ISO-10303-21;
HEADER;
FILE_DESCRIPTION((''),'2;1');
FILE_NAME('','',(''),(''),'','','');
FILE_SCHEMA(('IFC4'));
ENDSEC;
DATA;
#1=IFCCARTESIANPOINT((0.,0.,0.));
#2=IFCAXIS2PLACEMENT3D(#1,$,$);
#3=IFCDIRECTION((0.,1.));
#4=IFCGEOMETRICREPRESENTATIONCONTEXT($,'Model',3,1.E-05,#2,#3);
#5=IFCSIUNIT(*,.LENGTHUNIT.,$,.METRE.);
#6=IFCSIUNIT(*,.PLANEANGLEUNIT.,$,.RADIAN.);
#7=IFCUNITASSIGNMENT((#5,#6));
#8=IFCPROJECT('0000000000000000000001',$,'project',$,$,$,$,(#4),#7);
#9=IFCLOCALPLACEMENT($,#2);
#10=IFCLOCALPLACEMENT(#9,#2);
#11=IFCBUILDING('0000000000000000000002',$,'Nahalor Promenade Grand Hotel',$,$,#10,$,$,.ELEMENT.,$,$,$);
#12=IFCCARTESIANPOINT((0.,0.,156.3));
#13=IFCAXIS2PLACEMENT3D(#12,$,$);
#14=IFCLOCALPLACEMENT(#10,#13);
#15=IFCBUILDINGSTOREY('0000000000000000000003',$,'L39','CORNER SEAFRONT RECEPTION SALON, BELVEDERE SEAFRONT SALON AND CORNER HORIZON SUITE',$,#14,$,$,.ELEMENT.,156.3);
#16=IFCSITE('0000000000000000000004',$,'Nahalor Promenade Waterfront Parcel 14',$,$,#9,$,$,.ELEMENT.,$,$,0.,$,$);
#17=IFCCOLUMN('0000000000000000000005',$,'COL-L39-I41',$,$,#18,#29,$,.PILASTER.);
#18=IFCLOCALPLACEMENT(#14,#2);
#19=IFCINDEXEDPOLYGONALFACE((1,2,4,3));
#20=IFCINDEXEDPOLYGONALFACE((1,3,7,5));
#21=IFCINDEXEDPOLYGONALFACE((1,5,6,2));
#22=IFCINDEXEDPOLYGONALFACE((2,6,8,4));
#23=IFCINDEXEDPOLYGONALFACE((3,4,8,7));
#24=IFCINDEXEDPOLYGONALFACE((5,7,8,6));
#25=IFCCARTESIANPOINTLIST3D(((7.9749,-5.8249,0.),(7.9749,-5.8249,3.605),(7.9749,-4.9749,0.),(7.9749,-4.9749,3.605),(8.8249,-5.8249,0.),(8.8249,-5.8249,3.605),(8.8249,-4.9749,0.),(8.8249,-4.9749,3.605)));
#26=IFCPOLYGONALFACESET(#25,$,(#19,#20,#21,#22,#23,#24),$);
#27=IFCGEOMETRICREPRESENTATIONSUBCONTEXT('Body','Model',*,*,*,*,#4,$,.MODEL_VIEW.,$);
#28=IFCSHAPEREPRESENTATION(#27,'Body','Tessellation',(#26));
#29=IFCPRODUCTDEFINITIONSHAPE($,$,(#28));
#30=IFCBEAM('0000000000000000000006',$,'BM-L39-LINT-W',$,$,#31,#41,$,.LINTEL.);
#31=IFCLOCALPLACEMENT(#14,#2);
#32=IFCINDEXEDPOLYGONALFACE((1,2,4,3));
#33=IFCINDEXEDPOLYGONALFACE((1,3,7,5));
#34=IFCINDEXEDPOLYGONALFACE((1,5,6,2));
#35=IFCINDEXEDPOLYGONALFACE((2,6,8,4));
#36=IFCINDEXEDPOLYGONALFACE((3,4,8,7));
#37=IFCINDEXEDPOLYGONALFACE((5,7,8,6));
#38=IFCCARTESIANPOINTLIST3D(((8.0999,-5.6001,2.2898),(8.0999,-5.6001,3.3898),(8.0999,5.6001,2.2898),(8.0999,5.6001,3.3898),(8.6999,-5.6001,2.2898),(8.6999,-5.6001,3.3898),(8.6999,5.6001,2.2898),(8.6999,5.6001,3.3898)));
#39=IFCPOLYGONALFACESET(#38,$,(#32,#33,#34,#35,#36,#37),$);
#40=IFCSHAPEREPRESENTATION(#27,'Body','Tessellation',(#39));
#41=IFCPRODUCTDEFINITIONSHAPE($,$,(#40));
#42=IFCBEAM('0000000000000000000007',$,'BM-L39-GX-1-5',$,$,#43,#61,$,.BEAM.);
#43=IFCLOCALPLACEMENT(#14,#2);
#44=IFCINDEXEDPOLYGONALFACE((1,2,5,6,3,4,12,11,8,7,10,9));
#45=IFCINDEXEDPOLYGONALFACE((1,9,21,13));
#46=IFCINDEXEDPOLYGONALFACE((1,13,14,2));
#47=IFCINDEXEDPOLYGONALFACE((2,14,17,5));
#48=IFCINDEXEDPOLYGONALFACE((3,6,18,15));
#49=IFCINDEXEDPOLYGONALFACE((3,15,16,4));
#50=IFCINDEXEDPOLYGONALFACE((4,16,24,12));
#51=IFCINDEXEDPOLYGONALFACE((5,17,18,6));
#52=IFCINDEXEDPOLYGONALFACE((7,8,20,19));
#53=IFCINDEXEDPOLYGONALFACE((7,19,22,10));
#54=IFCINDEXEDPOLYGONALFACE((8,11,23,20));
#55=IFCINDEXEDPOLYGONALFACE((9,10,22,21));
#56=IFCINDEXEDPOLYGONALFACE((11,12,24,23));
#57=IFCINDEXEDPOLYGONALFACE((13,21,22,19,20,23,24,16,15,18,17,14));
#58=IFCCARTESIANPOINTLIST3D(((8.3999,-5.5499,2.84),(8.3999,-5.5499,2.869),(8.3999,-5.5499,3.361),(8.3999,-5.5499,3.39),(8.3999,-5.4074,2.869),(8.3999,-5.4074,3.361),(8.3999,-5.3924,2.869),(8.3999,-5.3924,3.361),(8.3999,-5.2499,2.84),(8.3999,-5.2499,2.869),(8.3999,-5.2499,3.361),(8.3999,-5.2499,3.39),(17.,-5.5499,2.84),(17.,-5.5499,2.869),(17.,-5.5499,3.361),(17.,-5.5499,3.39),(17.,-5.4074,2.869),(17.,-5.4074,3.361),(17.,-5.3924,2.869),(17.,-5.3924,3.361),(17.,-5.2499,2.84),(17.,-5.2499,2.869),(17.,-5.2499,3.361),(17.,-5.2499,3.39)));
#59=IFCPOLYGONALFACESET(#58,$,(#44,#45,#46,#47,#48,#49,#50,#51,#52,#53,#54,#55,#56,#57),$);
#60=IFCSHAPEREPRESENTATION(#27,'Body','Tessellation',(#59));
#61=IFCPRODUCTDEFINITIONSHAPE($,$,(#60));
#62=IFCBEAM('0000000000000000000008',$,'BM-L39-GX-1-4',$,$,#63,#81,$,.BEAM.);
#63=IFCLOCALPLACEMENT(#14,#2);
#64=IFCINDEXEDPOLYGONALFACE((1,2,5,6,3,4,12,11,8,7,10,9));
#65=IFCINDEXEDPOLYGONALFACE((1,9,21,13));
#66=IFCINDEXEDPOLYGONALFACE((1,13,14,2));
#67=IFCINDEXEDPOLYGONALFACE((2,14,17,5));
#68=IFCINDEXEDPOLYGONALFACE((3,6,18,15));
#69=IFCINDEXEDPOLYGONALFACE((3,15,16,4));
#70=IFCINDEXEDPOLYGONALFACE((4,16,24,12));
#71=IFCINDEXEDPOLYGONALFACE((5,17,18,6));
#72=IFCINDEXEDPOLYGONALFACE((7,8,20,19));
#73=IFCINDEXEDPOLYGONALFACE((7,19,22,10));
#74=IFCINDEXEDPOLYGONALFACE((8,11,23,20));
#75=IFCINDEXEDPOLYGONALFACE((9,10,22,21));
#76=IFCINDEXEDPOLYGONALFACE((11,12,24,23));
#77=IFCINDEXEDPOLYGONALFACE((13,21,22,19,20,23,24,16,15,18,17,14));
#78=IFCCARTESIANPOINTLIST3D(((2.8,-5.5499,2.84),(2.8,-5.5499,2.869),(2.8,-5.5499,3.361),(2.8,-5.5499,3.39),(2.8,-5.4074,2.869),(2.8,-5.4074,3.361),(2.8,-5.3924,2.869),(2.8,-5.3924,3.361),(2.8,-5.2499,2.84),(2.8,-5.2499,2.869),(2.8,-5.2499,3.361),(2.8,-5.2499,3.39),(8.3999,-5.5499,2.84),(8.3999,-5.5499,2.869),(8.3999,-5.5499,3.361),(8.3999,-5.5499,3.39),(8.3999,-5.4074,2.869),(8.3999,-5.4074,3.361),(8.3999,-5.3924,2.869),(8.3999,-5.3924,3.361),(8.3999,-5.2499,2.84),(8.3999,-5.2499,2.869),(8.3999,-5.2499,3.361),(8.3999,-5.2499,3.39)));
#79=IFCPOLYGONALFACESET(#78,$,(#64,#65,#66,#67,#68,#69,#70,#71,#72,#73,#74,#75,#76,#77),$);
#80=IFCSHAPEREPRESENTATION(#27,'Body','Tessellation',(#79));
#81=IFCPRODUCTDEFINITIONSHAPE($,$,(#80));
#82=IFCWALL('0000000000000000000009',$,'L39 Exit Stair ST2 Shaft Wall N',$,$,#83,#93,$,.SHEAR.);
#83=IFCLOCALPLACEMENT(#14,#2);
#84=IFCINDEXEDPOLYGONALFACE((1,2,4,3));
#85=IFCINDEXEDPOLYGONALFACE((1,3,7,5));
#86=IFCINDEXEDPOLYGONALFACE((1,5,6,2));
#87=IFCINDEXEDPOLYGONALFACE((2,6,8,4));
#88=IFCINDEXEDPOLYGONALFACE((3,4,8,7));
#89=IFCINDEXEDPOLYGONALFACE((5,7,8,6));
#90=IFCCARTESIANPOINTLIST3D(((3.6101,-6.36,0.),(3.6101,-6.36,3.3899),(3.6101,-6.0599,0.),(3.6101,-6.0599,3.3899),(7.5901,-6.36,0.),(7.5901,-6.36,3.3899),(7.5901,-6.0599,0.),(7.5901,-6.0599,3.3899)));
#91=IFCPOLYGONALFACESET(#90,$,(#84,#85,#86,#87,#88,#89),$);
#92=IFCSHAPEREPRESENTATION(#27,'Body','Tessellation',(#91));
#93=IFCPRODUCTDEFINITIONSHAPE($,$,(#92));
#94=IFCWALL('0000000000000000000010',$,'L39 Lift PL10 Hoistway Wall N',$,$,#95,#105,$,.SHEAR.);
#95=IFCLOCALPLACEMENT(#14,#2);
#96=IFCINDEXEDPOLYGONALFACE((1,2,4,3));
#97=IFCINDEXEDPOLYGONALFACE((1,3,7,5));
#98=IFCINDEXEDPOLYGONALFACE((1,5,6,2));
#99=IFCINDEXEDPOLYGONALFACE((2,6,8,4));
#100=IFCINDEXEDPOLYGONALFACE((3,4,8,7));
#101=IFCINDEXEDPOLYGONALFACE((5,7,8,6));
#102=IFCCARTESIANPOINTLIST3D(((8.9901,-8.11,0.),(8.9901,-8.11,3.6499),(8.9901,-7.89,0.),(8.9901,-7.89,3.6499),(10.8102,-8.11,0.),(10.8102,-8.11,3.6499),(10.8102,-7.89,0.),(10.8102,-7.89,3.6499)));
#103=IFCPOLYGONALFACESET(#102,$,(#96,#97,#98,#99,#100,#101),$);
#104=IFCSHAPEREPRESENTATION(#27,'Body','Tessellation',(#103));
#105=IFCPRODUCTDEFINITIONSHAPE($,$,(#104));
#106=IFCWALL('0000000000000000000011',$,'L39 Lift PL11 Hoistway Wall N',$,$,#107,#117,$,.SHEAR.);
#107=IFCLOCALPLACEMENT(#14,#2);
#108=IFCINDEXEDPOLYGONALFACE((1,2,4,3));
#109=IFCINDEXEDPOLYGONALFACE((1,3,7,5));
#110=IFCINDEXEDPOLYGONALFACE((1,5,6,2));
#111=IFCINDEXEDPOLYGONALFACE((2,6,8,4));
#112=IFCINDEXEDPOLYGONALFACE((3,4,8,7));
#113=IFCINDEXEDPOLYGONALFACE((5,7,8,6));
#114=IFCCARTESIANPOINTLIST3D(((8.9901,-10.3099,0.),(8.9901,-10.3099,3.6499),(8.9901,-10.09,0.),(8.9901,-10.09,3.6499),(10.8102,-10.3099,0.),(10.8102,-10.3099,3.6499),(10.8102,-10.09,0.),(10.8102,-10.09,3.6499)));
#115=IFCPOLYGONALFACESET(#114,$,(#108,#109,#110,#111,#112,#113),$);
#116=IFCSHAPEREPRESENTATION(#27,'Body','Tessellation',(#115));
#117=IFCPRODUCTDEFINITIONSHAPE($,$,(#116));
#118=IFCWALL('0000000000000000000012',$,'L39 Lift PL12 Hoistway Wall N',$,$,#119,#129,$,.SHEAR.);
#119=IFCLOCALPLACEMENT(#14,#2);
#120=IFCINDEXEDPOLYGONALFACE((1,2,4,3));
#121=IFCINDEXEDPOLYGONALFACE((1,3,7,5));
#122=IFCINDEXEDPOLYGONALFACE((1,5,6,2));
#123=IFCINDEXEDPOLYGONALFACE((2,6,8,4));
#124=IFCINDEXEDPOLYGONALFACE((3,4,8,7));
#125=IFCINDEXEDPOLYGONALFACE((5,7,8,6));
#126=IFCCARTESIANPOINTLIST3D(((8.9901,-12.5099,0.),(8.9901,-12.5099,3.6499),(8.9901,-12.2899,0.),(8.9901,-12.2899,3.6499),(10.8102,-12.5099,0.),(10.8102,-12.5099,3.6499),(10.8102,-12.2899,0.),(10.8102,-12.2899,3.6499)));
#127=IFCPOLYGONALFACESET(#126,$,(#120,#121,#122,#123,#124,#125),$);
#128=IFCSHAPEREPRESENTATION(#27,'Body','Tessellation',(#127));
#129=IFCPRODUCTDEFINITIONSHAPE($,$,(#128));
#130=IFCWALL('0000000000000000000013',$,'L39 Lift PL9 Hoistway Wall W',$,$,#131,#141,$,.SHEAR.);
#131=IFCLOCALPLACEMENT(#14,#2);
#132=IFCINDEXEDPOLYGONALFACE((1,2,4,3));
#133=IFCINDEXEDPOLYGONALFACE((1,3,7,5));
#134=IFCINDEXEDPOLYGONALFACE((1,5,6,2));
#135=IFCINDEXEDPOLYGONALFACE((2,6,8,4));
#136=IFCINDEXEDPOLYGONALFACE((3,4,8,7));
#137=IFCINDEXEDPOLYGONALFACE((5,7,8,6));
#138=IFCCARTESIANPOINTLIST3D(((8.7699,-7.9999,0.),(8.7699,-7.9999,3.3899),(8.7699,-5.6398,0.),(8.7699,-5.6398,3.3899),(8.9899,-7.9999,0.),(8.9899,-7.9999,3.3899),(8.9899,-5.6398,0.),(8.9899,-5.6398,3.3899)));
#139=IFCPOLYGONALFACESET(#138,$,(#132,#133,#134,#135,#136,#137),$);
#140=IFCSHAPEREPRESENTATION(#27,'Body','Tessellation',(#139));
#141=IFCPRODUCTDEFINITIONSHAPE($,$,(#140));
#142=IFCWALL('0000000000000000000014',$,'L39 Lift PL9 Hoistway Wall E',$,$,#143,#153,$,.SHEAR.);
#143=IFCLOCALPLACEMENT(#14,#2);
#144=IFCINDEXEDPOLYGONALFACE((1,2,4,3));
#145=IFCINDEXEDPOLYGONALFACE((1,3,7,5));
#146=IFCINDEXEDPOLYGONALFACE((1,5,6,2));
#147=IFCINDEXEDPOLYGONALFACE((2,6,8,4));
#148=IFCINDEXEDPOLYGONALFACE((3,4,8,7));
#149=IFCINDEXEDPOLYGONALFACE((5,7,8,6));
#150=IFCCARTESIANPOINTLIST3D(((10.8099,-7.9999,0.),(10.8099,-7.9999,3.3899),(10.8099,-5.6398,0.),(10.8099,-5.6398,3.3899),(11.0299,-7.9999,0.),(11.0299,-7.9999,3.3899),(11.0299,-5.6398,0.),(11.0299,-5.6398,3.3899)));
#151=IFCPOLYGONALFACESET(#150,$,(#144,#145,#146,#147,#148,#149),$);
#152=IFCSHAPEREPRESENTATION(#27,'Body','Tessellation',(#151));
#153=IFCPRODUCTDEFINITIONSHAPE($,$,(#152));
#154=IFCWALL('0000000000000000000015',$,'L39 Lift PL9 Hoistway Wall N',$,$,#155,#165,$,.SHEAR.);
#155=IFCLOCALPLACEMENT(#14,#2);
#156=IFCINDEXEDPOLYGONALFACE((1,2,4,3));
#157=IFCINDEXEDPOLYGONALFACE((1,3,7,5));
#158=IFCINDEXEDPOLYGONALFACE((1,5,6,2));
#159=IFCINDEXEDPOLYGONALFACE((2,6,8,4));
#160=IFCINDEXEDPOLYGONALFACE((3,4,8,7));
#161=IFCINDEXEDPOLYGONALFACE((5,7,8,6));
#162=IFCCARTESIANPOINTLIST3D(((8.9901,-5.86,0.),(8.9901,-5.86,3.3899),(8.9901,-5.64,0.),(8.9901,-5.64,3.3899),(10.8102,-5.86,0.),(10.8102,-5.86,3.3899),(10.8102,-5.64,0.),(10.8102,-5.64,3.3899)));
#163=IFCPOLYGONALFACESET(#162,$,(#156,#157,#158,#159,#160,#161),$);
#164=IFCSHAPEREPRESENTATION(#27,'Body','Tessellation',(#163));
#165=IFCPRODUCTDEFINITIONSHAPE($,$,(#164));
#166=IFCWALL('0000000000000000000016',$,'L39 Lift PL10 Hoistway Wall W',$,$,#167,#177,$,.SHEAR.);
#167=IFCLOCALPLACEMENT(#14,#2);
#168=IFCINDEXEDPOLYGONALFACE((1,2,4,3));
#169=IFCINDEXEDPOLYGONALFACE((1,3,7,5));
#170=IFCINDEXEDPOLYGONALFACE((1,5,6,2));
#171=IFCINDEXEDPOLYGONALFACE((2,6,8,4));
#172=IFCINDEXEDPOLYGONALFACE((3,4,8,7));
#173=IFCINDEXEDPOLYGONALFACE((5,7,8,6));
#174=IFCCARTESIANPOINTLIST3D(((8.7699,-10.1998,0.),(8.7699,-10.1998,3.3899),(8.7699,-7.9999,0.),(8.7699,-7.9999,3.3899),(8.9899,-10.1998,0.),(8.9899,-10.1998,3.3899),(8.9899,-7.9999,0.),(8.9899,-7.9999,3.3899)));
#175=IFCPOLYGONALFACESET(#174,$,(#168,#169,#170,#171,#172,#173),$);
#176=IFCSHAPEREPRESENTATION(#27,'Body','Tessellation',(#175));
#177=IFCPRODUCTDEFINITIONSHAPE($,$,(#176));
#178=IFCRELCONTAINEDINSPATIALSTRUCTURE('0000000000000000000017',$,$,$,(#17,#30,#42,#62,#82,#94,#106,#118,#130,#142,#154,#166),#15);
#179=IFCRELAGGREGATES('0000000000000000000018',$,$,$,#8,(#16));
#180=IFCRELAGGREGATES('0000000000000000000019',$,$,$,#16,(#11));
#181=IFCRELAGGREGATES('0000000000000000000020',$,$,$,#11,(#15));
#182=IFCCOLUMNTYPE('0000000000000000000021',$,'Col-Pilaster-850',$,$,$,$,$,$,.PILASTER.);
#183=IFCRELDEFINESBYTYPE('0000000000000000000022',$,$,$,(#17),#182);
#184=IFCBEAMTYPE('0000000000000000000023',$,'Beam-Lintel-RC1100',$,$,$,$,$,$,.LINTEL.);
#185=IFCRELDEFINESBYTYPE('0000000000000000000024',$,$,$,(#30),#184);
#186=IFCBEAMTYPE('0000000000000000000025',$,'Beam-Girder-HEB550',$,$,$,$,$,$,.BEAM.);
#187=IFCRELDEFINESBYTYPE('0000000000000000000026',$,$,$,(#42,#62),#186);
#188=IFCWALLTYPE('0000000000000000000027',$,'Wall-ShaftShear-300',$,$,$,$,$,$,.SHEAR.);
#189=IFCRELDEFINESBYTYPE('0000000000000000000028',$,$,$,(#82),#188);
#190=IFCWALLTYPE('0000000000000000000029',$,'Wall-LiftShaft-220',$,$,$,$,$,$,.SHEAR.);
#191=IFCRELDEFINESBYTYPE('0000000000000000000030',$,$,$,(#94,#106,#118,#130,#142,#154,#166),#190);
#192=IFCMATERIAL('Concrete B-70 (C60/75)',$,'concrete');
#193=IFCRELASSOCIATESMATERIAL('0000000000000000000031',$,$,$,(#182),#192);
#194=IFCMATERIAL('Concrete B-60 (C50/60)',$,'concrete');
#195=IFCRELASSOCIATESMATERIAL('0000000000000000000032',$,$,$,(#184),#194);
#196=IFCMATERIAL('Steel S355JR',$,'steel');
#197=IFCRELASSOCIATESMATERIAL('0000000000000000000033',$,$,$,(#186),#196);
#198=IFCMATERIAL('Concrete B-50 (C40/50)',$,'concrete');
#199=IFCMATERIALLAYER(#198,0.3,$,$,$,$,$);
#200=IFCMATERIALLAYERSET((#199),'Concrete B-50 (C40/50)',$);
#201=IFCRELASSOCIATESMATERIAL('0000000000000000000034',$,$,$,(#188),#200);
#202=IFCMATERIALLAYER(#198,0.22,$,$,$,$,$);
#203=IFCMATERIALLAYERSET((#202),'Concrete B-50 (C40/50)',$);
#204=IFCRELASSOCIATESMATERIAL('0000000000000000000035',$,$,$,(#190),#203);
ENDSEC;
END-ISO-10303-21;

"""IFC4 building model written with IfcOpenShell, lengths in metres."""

from ifc_helpers import new_model, si_unit, direction, frame, frame_2d, origin, origin_2d, place, context, subcontext, project, spatial, rectangle, i_section, extrude, source, transform, mapped, material, layer, layer_set, material_profile, profile_set, type_object, element, save


model = new_model("IFC4")

# Units and contexts
model_context = context("Model", 3, precision=1e-05, world=origin(), true_north=direction((0.0, 1.0)))
body_context = subcontext(model_context, "Body", "Model", "MODEL_VIEW")
ifc_project = project(units=[si_unit("LENGTHUNIT", "METRE"), si_unit("PLANEANGLEUNIT", "RADIAN")], contexts=[model_context])

# Site, building, storey
site_placement = place(None, origin())
site = spatial("IfcSite", under=ifc_project, at=site_placement, Name="Nahalor Promenade Waterfront Parcel 14", CompositionType="ELEMENT", RefElevation=0.0)
building_placement = place(site_placement, origin())
building = spatial("IfcBuilding", under=site, at=building_placement, Name="Nahalor Promenade Grand Hotel", CompositionType="ELEMENT")
storey_placement = place(building_placement, frame((0.0, 0.0, 156.3)))
storey = spatial("IfcBuildingStorey", under=building, at=storey_placement, Name="L39", Description="CORNER SEAFRONT RECEPTION SALON, BELVEDERE SEAFRONT SALON AND CORNER HORIZON SUITE", CompositionType="ELEMENT", Elevation=156.3)

# Column
ifc_material_1 = material(Name="Concrete B-70 (C60/75)", Category="concrete")
ifc_material_profile_1 = material_profile(ifc_material_1, rectangle(XDim=0.85, YDim=0.85, at=origin_2d()), Name="RC 850x850")
ifc_profile_set_1 = profile_set([ifc_material_profile_1], Name="Concrete B-70 (C60/75)")
column_type = type_object("IfcColumnType", Name="Col-Pilaster-850", PredefinedType="PILASTER", material=ifc_profile_set_1)
shared_shape_1 = source(origin(), body_context, "Body", "SweptSolid", [
    extrude(rectangle(XDim=0.85, YDim=0.85, at=origin_2d()), origin(), (0.0, 0.0, 1.0), 3.605),
])
column_placement = place(storey_placement, frame((8.3999, -5.3999, 0.0), z_axis=(0.0, 0.0, 1.0), x_axis=(1.0, 0.0, 0.0)))
element("IfcColumn", 1, at=column_placement, inside=storey, type_object=column_type, Name="COL-L39-I41", PredefinedType="PILASTER", context=body_context, shape_type="MappedRepresentation", body=[
    mapped(shared_shape_1, transform((0.0, 0.0, 0.0), scale=1.0)),
])

# Beams
ifc_material_2 = material(Name="Concrete B-60 (C50/60)", Category="concrete")
ifc_material_profile_2 = material_profile(ifc_material_2, rectangle(XDim=0.6, YDim=1.1, at=origin_2d()), Name="RC 600x1100")
ifc_profile_set_2 = profile_set([ifc_material_profile_2], Name="Concrete B-60 (C50/60)")
beam_type_1 = type_object("IfcBeamType", Name="Beam-Lintel-RC1100", PredefinedType="LINTEL", material=ifc_profile_set_2)
shared_shape_2 = source(origin(), body_context, "Body", "SweptSolid", [
    extrude(rectangle(XDim=0.6, YDim=1.1, at=origin_2d()), origin(), (0.0, 0.0, 1.0), 11.2002),
])
beam_1_placement = place(storey_placement, frame((8.3999, -5.6001, 2.8398), z_axis=(0.0, 1.0, 0.0), x_axis=(-1.0, 0.0, 0.0)))
element("IfcBeam", 2, at=beam_1_placement, inside=storey, type_object=beam_type_1, Name="BM-L39-LINT-W", PredefinedType="LINTEL", context=body_context, shape_type="MappedRepresentation", body=[
    mapped(shared_shape_2, transform((0.0, 0.0, 0.0), scale=1.0)),
])
ifc_material_3 = material(Name="Steel S355JR", Category="steel")
ifc_material_profile_3 = material_profile(ifc_material_3, i_section(OverallWidth=0.3, OverallDepth=0.55, WebThickness=0.015, FlangeThickness=0.029, at=origin_2d()), Name="HEB 550")
ifc_profile_set_3 = profile_set([ifc_material_profile_3], Name="Steel S355JR")
beam_type_2 = type_object("IfcBeamType", Name="Beam-Girder-HEB550", PredefinedType="BEAM", material=ifc_profile_set_3)
shared_shape_3 = source(origin(), body_context, "Body", "SweptSolid", [
    extrude(i_section(OverallWidth=0.3, OverallDepth=0.55, WebThickness=0.015, FlangeThickness=0.029, at=origin_2d()), origin(), (0.0, 0.0, 1.0), 8.6001),
])
beam_2_placement = place(storey_placement, frame((8.3999, -5.3999, 3.115), z_axis=(1.0, 0.0, 0.0), x_axis=(0.0, 1.0, 0.0)))
element("IfcBeam", 3, at=beam_2_placement, inside=storey, type_object=beam_type_2, Name="BM-L39-GX-1-5", PredefinedType="BEAM", context=body_context, shape_type="MappedRepresentation", body=[
    mapped(shared_shape_3, transform((0.0, 0.0, 0.0), scale=1.0)),
])
shared_shape_4 = source(origin(), body_context, "Body", "SweptSolid", [
    extrude(i_section(OverallWidth=0.3, OverallDepth=0.55, WebThickness=0.015, FlangeThickness=0.029, at=origin_2d()), origin(), (0.0, 0.0, 1.0), 5.5999),
])
beam_3_placement = place(storey_placement, frame((2.8, -5.3999, 3.115), z_axis=(1.0, 0.0, 0.0), x_axis=(0.0, 1.0, 0.0)))
element("IfcBeam", 4, at=beam_3_placement, inside=storey, type_object=beam_type_2, Name="BM-L39-GX-1-4", PredefinedType="BEAM", context=body_context, shape_type="MappedRepresentation", body=[
    mapped(shared_shape_4, transform((0.0, 0.0, 0.0), scale=1.0)),
])

# Walls
ifc_material_4 = material(Name="Concrete B-50 (C40/50)", Category="concrete")
ifc_layer_1 = layer(ifc_material_4, 0.3)
ifc_layer_set_1 = layer_set([ifc_layer_1], Name="Concrete B-50 (C40/50)")
wall_type_1 = type_object("IfcWallType", Name="Wall-ShaftShear-300", PredefinedType="SHEAR", material=ifc_layer_set_1)
shared_shape_5 = source(origin(), body_context, "Body", "SweptSolid", [
    extrude(rectangle(XDim=3.98, YDim=0.3, at=frame_2d((1.99, 0.0))), origin(), (0.0, 0.0, 1.0), 3.3899),
])
wall_1_placement = place(storey_placement, frame((3.6101, -6.21, 0.0), z_axis=(0.0, 0.0, 1.0), x_axis=(1.0, 0.0, 0.0)))
element("IfcWall", 5, at=wall_1_placement, inside=storey, type_object=wall_type_1, Name="L39 Exit Stair ST2 Shaft Wall N", PredefinedType="SHEAR", context=body_context, shape_type="MappedRepresentation", body=[
    mapped(shared_shape_5, transform((0.0, 0.0, 0.0), scale=1.0)),
])
ifc_layer_2 = layer(ifc_material_4, 0.22)
ifc_layer_set_2 = layer_set([ifc_layer_2], Name="Concrete B-50 (C40/50)")
wall_type_2 = type_object("IfcWallType", Name="Wall-LiftShaft-220", PredefinedType="SHEAR", material=ifc_layer_set_2)
shared_shape_6 = source(origin(), body_context, "Body", "SweptSolid", [
    extrude(rectangle(XDim=1.8201, YDim=0.22, at=frame_2d((0.9102, 0.0))), origin(), (0.0, 0.0, 1.0), 3.6499),
])
for number, where, z_axis, x_axis, name in (
    (6, (8.99, -8.0, 0.0), (0.0, 0.0, 1.0), (1.0, 0.0, 0.0), "L39 Lift PL10 Hoistway Wall N"),
    (7, (8.99, -10.2, 0.0), (0.0, 0.0, 1.0), (1.0, 0.0, 0.0), "L39 Lift PL11 Hoistway Wall N"),
    (8, (8.99, -12.3999, 0.0), (0.0, 0.0, 1.0), (1.0, 0.0, 0.0), "L39 Lift PL12 Hoistway Wall N"),
):
    element("IfcWall", number, at=place(storey_placement, frame(where, z_axis=z_axis, x_axis=x_axis)), inside=storey, type_object=wall_type_2, Name=name, PredefinedType="SHEAR", context=body_context, shape_type="MappedRepresentation", body=[
        mapped(shared_shape_6, transform((0.0, 0.0, 0.0), scale=1.0)),
    ])
shared_shape_7 = source(origin(), body_context, "Body", "SweptSolid", [
    extrude(rectangle(XDim=2.3601, YDim=0.22, at=frame_2d((1.1802, 0.0))), origin(), (0.0, 0.0, 1.0), 3.3899),
])
for number, where, z_axis, x_axis, name in (
    (9, (8.8799, -8.0, 0.0), (0.0, 0.0, 1.0), (0.0, 1.0, 0.0), "L39 Lift PL9 Hoistway Wall W"),
    (10, (10.9199, -8.0, 0.0), (0.0, 0.0, 1.0), (0.0, 1.0, 0.0), "L39 Lift PL9 Hoistway Wall E"),
):
    element("IfcWall", number, at=place(storey_placement, frame(where, z_axis=z_axis, x_axis=x_axis)), inside=storey, type_object=wall_type_2, Name=name, PredefinedType="SHEAR", context=body_context, shape_type="MappedRepresentation", body=[
        mapped(shared_shape_7, transform((0.0, 0.0, 0.0), scale=1.0)),
    ])
shared_shape_8 = source(origin(), body_context, "Body", "SweptSolid", [
    extrude(rectangle(XDim=1.8201, YDim=0.22, at=frame_2d((0.9102, 0.0))), origin(), (0.0, 0.0, 1.0), 3.3899),
])
wall_2_placement = place(storey_placement, frame((8.99, -5.75, 0.0), z_axis=(0.0, 0.0, 1.0), x_axis=(1.0, 0.0, 0.0)))
element("IfcWall", 11, at=wall_2_placement, inside=storey, type_object=wall_type_2, Name="L39 Lift PL9 Hoistway Wall N", PredefinedType="SHEAR", context=body_context, shape_type="MappedRepresentation", body=[
    mapped(shared_shape_8, transform((0.0, 0.0, 0.0), scale=1.0)),
])
shared_shape_9 = source(origin(), body_context, "Body", "SweptSolid", [
    extrude(rectangle(XDim=2.2, YDim=0.22, at=frame_2d((1.1001, 0.0))), origin(), (0.0, 0.0, 1.0), 3.3899),
])
for number, where, z_axis, x_axis, name in (
    (12, (8.8799, -10.2, 0.0), (0.0, 0.0, 1.0), (0.0, 1.0, 0.0), "L39 Lift PL10 Hoistway Wall W"),
):
    element("IfcWall", number, at=place(storey_placement, frame(where, z_axis=z_axis, x_axis=x_axis)), inside=storey, type_object=wall_type_2, Name=name, PredefinedType="SHEAR", context=body_context, shape_type="MappedRepresentation", body=[
        mapped(shared_shape_9, transform((0.0, 0.0, 0.0), scale=1.0)),
    ])

save(model, "model.ifc")
